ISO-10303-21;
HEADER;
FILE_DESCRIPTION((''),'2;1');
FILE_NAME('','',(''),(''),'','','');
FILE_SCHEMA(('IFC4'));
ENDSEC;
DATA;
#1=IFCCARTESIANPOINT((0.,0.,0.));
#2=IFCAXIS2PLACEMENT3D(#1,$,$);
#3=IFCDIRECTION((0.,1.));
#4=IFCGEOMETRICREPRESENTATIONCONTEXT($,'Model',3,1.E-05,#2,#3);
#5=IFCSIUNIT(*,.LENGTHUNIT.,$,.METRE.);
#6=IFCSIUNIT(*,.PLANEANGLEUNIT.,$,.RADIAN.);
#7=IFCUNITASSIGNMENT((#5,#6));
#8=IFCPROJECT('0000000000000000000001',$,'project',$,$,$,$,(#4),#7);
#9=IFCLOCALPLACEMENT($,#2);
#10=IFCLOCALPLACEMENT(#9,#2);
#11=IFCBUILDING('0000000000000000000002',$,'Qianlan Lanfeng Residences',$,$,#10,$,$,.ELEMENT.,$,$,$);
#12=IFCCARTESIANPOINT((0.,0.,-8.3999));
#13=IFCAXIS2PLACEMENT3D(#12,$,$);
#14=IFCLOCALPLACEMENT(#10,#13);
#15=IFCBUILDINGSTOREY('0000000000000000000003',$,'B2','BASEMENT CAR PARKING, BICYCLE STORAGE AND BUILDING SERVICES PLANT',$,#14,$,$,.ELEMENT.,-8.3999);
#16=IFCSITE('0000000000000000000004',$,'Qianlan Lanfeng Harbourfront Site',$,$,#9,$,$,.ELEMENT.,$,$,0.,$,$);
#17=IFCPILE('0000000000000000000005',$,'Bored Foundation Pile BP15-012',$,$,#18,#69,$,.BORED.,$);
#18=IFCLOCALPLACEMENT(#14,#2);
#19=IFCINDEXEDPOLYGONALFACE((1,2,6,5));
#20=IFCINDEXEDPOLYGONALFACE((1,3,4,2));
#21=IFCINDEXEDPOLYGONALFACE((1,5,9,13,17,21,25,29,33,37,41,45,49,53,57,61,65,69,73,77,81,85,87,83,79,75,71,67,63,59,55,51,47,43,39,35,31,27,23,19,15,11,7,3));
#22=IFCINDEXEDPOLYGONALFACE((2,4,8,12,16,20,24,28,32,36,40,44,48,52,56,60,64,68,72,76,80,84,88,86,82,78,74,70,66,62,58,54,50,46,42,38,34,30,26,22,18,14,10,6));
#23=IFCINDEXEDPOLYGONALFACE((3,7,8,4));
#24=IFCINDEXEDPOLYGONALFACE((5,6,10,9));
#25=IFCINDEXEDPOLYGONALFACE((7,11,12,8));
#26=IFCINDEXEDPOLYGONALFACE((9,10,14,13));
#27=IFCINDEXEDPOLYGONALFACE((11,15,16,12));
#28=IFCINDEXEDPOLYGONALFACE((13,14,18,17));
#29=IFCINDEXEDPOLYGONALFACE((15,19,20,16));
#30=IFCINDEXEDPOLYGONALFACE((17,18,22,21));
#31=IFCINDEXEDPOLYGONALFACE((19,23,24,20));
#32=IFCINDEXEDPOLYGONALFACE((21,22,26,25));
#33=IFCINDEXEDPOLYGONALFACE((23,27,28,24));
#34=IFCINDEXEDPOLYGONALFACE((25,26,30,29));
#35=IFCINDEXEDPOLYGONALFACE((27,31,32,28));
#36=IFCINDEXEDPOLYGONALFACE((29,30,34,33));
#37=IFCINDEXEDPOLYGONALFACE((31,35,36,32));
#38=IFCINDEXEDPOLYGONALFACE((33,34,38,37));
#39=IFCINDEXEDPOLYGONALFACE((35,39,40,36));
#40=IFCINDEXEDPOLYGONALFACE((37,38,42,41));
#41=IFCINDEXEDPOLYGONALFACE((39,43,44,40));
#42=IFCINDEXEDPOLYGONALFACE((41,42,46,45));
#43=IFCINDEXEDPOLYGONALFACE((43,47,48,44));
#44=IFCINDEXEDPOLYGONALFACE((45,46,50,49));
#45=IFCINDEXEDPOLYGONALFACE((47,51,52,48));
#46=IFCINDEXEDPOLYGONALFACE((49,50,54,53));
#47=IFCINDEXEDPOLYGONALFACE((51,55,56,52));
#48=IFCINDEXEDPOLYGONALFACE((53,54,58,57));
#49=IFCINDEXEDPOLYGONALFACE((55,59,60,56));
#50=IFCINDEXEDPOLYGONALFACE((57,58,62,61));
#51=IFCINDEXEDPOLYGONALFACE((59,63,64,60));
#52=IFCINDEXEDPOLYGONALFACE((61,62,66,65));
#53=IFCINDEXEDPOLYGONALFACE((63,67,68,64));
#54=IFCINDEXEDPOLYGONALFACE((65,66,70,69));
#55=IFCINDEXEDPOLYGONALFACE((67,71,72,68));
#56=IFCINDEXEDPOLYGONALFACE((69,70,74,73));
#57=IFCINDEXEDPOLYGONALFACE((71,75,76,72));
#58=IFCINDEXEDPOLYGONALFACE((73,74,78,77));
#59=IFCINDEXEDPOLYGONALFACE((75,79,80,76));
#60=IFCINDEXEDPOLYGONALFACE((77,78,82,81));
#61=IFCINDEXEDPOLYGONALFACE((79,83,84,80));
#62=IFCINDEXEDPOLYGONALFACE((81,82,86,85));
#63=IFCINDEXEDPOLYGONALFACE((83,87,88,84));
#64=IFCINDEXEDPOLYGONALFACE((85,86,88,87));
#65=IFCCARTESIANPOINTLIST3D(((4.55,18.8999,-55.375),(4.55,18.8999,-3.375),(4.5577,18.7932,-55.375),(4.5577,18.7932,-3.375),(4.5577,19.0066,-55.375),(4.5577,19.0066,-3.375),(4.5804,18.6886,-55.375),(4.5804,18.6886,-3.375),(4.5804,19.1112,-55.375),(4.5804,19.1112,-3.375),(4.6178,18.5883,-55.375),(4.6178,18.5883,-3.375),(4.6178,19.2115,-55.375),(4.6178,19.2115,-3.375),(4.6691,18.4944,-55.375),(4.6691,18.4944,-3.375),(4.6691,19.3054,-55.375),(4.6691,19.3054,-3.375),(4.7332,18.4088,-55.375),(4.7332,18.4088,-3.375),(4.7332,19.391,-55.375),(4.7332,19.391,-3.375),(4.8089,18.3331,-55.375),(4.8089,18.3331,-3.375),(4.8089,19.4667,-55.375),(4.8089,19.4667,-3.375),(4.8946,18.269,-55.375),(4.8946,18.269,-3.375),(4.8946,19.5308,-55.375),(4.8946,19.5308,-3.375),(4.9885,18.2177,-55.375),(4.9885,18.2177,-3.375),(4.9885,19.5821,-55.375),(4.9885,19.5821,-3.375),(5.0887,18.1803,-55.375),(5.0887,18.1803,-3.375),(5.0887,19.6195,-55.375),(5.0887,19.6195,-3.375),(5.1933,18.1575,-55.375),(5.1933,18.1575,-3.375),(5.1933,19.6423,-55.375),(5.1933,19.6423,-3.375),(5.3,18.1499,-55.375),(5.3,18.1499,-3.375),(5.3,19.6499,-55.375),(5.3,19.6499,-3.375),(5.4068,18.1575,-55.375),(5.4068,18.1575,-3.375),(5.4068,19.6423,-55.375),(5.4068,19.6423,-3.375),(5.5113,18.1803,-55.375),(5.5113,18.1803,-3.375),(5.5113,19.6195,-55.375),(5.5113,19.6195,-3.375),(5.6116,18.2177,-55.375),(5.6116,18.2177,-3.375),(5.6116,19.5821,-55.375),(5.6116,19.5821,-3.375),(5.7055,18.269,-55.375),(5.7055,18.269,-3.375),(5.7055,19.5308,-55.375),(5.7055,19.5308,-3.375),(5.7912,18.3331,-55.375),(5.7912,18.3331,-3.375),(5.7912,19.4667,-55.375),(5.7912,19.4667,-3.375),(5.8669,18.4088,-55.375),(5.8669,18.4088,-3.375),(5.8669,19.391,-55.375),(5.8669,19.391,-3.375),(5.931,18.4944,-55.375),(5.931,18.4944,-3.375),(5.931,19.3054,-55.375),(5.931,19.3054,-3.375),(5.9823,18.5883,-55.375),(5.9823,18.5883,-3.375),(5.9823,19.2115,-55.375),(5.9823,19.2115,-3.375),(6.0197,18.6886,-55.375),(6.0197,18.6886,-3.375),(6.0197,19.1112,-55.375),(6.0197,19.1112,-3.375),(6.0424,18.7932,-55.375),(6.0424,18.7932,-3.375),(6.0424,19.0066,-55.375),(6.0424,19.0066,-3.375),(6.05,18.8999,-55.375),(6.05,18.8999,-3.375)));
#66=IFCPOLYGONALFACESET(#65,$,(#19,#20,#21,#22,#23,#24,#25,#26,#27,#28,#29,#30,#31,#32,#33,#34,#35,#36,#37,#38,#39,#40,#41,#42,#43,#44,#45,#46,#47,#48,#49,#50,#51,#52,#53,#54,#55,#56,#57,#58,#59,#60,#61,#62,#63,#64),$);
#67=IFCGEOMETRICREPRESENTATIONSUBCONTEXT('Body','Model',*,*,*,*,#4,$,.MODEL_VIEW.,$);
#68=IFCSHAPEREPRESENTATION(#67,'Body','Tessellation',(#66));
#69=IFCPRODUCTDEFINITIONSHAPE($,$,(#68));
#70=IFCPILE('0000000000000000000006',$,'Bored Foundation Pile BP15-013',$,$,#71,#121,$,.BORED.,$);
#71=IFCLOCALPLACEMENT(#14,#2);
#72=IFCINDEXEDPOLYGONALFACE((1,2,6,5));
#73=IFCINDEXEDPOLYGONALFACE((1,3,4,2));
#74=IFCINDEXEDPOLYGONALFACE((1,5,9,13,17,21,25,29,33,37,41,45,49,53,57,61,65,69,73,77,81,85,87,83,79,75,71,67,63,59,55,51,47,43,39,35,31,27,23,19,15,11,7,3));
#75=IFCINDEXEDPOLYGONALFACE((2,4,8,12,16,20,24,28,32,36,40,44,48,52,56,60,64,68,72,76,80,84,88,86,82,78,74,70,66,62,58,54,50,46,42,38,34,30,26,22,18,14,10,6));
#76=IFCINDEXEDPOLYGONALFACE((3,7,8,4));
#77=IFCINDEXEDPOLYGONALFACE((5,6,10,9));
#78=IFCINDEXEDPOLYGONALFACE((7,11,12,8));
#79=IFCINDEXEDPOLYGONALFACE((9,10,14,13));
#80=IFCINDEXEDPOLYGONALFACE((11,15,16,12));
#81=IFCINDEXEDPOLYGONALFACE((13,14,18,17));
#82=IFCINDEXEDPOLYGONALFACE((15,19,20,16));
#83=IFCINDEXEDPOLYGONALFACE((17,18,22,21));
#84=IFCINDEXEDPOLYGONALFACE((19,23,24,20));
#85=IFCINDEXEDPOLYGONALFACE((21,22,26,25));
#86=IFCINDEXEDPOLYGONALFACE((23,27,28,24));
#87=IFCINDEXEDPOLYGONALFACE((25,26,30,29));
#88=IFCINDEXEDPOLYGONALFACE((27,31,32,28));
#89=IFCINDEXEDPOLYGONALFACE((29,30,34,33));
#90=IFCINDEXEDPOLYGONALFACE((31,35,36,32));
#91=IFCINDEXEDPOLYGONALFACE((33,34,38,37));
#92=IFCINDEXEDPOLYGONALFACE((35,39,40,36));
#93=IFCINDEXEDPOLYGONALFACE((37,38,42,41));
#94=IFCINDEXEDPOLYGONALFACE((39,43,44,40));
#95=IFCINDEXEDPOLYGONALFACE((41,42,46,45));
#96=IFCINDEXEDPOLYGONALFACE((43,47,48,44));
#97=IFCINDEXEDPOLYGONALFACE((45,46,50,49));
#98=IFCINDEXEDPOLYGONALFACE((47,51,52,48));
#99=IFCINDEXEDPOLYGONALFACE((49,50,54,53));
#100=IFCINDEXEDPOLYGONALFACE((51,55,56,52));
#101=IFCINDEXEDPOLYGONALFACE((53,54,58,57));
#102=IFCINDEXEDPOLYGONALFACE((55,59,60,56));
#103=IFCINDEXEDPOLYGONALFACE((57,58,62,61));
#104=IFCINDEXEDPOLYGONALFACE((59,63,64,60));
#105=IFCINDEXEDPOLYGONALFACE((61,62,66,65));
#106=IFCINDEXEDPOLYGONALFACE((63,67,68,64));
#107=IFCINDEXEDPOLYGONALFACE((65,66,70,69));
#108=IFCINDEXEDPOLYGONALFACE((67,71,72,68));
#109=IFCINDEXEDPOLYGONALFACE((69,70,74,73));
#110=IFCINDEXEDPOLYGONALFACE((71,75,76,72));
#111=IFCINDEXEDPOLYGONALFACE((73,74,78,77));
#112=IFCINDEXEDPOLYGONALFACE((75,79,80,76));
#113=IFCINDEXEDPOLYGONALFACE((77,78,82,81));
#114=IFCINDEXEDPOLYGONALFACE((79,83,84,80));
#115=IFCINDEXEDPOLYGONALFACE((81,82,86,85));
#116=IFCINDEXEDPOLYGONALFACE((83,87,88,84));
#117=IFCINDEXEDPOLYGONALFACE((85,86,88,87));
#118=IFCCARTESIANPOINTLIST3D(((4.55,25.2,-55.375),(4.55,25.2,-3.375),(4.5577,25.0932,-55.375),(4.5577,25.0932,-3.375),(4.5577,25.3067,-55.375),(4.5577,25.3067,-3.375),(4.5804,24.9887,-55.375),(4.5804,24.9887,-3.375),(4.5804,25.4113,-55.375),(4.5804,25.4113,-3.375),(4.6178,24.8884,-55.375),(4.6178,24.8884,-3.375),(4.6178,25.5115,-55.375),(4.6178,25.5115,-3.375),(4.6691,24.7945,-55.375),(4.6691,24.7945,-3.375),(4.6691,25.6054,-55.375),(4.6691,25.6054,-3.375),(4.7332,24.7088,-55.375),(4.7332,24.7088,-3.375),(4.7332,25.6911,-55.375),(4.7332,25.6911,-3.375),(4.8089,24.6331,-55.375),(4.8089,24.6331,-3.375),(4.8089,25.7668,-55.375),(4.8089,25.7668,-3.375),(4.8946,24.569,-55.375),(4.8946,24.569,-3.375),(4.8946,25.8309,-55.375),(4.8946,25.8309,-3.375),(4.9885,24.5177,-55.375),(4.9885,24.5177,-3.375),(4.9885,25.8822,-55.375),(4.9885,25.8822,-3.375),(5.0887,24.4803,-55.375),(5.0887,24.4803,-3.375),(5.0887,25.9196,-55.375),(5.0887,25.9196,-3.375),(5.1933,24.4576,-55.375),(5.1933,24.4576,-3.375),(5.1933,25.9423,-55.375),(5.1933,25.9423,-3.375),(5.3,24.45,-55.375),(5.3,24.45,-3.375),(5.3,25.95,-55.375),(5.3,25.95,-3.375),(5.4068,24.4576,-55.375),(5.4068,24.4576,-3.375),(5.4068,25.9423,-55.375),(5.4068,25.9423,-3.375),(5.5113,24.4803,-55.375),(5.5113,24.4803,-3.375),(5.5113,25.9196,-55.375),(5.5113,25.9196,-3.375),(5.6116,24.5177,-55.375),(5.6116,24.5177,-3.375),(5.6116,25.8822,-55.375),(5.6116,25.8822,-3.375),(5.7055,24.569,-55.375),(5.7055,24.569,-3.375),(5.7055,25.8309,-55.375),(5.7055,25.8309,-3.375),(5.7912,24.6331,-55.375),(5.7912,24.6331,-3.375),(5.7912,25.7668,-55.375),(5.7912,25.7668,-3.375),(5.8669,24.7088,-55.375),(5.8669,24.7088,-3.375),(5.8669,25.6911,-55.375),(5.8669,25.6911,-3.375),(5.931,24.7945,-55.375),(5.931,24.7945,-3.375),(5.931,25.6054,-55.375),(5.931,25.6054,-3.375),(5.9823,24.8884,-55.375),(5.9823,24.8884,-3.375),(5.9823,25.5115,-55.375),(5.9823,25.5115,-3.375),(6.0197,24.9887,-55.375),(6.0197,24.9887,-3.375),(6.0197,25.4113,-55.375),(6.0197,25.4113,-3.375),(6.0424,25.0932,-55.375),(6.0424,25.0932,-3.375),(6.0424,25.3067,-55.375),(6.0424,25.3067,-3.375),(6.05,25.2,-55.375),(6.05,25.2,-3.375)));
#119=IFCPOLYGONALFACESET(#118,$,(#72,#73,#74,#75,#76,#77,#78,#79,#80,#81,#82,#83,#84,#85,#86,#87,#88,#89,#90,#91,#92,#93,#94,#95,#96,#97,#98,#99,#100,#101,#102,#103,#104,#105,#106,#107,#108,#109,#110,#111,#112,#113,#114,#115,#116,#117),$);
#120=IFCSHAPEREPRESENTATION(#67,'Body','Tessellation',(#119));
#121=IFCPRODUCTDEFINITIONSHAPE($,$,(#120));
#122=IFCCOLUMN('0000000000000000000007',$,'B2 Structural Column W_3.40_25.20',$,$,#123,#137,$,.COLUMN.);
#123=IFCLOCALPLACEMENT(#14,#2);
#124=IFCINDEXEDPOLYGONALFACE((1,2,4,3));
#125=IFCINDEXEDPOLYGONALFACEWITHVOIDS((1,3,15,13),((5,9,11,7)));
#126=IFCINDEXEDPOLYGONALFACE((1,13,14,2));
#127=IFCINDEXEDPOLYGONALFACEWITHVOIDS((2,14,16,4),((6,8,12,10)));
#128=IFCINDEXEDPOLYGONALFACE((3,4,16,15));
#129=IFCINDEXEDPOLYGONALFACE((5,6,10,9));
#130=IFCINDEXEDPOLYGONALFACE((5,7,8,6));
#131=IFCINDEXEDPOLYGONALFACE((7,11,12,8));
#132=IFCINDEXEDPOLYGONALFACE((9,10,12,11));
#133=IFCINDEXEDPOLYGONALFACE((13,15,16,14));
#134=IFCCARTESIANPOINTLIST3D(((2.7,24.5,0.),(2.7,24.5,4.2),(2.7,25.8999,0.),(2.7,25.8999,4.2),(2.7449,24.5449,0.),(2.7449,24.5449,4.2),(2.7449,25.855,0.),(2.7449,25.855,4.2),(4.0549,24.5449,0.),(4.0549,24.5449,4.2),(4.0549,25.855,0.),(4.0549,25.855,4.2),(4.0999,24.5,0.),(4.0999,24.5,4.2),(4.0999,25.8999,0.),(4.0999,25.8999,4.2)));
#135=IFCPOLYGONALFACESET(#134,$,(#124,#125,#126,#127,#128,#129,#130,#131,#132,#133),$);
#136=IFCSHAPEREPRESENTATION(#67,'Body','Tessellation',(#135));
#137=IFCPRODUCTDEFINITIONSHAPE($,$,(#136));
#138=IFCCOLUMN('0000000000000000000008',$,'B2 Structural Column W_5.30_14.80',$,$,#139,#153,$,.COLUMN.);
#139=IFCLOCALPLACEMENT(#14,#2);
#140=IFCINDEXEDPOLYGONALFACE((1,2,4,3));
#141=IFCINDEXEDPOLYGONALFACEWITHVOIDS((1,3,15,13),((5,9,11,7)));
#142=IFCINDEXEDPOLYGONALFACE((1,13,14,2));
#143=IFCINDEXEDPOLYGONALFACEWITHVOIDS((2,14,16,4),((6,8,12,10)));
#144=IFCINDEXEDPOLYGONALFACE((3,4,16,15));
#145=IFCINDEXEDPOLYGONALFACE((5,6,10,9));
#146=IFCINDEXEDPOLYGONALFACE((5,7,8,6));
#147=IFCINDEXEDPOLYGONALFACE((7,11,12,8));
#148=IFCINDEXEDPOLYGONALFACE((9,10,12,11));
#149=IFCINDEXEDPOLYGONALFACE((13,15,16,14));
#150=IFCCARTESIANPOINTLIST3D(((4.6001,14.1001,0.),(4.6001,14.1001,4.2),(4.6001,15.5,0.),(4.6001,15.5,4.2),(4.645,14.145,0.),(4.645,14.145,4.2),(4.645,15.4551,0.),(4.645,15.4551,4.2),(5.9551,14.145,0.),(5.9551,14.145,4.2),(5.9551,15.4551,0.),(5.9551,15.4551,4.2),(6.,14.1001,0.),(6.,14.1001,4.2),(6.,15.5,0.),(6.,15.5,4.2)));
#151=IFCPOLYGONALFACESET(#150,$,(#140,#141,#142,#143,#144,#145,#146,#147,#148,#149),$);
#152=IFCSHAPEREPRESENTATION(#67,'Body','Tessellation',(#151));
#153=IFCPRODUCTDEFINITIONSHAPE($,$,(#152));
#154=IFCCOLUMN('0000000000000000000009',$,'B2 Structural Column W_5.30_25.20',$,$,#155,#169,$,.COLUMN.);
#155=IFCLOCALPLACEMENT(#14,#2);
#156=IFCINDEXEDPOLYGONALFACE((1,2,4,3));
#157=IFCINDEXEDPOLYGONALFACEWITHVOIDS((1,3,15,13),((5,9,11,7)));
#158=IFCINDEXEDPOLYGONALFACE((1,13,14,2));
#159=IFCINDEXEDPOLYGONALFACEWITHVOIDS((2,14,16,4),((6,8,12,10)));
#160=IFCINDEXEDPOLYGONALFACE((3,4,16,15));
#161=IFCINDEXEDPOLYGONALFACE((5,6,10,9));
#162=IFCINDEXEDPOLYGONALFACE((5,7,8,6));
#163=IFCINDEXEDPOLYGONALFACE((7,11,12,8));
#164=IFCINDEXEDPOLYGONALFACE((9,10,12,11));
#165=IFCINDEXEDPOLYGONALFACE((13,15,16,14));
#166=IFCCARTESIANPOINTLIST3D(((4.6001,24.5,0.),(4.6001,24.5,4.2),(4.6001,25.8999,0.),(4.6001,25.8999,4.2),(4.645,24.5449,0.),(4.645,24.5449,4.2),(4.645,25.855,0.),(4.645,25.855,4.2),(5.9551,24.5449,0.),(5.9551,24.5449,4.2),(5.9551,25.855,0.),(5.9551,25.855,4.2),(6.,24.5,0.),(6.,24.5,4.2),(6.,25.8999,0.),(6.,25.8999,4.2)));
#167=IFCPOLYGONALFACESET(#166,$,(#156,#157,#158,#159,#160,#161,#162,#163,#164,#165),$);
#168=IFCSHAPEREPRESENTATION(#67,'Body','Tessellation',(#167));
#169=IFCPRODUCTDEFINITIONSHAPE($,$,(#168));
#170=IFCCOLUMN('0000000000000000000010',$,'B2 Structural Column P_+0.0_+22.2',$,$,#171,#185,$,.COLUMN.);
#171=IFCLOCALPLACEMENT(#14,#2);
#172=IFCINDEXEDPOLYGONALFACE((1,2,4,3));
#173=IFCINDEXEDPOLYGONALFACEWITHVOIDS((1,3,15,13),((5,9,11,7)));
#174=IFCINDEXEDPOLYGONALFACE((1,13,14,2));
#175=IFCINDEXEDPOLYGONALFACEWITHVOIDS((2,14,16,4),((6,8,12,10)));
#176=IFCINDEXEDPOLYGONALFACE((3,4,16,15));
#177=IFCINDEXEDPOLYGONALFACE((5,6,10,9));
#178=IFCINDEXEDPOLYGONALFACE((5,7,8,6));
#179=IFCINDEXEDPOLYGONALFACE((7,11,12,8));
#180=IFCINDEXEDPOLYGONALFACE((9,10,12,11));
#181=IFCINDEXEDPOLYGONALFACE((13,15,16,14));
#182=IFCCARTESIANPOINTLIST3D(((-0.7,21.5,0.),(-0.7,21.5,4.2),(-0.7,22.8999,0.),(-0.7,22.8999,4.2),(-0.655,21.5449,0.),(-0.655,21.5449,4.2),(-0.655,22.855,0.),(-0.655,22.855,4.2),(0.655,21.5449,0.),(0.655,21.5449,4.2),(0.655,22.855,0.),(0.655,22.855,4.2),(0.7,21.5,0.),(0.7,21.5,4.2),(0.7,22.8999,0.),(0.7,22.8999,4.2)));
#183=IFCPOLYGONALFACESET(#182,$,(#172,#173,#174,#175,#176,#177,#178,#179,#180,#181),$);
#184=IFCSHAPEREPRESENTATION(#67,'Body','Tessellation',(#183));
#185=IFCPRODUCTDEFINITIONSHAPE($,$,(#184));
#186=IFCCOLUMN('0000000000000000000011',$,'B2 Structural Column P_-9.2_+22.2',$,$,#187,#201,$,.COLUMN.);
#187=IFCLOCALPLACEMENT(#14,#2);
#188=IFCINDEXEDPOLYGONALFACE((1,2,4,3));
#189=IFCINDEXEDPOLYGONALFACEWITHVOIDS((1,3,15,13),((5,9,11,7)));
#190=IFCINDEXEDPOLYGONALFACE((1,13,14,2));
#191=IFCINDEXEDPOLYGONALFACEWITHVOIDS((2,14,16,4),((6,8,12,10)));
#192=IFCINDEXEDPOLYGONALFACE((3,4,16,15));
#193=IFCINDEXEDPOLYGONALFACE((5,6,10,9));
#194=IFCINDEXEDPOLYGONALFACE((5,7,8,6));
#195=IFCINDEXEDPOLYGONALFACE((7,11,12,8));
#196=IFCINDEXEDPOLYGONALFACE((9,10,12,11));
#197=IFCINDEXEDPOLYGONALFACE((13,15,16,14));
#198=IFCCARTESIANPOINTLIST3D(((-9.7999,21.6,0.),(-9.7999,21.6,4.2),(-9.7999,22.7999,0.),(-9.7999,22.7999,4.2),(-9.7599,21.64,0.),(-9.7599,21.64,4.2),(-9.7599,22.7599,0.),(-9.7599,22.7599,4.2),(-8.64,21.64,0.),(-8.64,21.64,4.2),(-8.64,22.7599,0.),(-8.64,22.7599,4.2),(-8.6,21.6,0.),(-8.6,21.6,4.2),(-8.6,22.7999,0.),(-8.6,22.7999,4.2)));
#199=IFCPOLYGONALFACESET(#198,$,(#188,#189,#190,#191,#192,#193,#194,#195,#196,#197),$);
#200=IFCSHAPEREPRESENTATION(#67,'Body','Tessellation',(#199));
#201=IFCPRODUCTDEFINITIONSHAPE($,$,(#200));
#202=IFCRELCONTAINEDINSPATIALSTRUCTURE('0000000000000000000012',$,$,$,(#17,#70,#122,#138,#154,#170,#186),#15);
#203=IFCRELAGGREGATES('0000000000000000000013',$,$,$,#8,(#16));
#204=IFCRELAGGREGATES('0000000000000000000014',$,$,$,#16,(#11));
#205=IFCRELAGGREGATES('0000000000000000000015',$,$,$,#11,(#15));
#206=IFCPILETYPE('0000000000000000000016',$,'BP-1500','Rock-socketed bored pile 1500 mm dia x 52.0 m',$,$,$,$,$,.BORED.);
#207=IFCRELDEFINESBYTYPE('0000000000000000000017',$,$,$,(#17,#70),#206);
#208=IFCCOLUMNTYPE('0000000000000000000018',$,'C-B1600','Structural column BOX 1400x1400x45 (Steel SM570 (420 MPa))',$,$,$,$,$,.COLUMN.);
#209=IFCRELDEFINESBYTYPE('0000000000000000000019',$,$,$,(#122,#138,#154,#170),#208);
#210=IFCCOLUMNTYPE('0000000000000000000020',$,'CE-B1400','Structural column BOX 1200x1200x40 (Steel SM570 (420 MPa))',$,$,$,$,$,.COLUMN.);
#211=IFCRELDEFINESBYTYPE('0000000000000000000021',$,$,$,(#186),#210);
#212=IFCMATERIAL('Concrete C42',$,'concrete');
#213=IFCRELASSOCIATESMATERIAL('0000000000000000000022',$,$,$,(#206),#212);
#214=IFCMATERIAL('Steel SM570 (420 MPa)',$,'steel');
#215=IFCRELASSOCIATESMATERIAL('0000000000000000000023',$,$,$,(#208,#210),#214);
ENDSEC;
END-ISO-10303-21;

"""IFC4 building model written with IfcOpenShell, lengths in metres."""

from ifc_helpers import new_model, si_unit, direction, frame, origin, origin_2d, place, context, subcontext, project, spatial, hollow_rectangle, circle, extrude, material, material_profile, profile_set, type_object, element, save


model = new_model("IFC4")

# Units and contexts
model_context = context("Model", 3, precision=1e-05, world=origin(), true_north=direction((0.0, 1.0)))
body_context = subcontext(model_context, "Body", "Model", "MODEL_VIEW")
ifc_project = project(units=[si_unit("LENGTHUNIT", "METRE"), si_unit("PLANEANGLEUNIT", "RADIAN")], contexts=[model_context])

# Site, building, storey
site_placement = place(None, origin())
site = spatial("IfcSite", under=ifc_project, at=site_placement, Name="Qianlan Lanfeng Harbourfront Site", CompositionType="ELEMENT", RefElevation=0.0)
building_placement = place(site_placement, origin())
building = spatial("IfcBuilding", under=site, at=building_placement, Name="Qianlan Lanfeng Residences", CompositionType="ELEMENT")
storey_placement = place(building_placement, frame((0.0, 0.0, -8.3999)))
storey = spatial("IfcBuildingStorey", under=building, at=storey_placement, Name="B2", Description="BASEMENT CAR PARKING, BICYCLE STORAGE AND BUILDING SERVICES PLANT", CompositionType="ELEMENT", Elevation=-8.3999)

# Piles
ifc_material_1 = material(Name="Concrete C42", Category="concrete")
ifc_material_profile_1 = material_profile(ifc_material_1, circle(Radius=0.75, at=origin_2d()), Name="PILE D1500")
ifc_profile_set_1 = profile_set([ifc_material_profile_1], Name="Concrete C42")
pile_type_1 = type_object("IfcPileType", Name="BP-1500", Description="Rock-socketed bored pile 1500 mm dia x 52.0 m", PredefinedType="BORED", material=ifc_profile_set_1)
for number, where, z_axis, x_axis, name in (
    (1, (5.3, 18.8999, -3.375), (0.0, 0.0, -1.0), (1.0, 0.0, 0.0), "Bored Foundation Pile BP15-012"),
    (2, (5.3, 25.2, -3.375), (0.0, 0.0, -1.0), (1.0, 0.0, 0.0), "Bored Foundation Pile BP15-013"),
):
    element("IfcPile", number, at=place(storey_placement, frame(where, z_axis=z_axis, x_axis=x_axis)), inside=storey, type_object=pile_type_1, Name=name, PredefinedType="BORED", context=body_context, shape_type="SweptSolid", body=[
        extrude(circle(Radius=0.75, at=origin_2d()), origin(), (0.0, 0.0, 1.0), 52.0),
    ])

# Columns
ifc_material_2 = material(Name="Steel SM570 (420 MPa)", Category="steel")
ifc_material_profile_2 = material_profile(ifc_material_2, hollow_rectangle(XDim=1.3999, YDim=1.3999, WallThickness=0.0449, at=origin_2d()), Name="BOX 1400x1400x45")
ifc_profile_set_2 = profile_set([ifc_material_profile_2], Name="Steel SM570 (420 MPa)")
column_type_1 = type_object("IfcColumnType", Name="C-B1600", Description="Structural column BOX 1400x1400x45 (Steel SM570 (420 MPa))", PredefinedType="COLUMN", material=ifc_profile_set_2)
for number, where, z_axis, x_axis, name in (
    (3, (3.3999, 25.2, 0.0), (0.0, 0.0, 1.0), (1.0, 0.0, 0.0), "B2 Structural Column W_3.40_25.20"),
    (4, (5.3, 14.8, 0.0), (0.0, 0.0, 1.0), (1.0, 0.0, 0.0), "B2 Structural Column W_5.30_14.80"),
    (5, (5.3, 25.2, 0.0), (0.0, 0.0, 1.0), (1.0, 0.0, 0.0), "B2 Structural Column W_5.30_25.20"),
    (6, (0.0, 22.2, 0.0), (0.0, 0.0, 1.0), (1.0, 0.0, 0.0), "B2 Structural Column P_+0.0_+22.2"),
):
    element("IfcColumn", number, at=place(storey_placement, frame(where, z_axis=z_axis, x_axis=x_axis)), inside=storey, type_object=column_type_1, Name=name, PredefinedType="COLUMN", context=body_context, shape_type="SweptSolid", body=[
        extrude(hollow_rectangle(XDim=1.3999, YDim=1.3999, WallThickness=0.0449, at=origin_2d()), origin(), (0.0, 0.0, 1.0), 4.2),
    ])
ifc_material_profile_3 = material_profile(ifc_material_2, hollow_rectangle(XDim=1.2, YDim=1.2, WallThickness=0.04, at=origin_2d()), Name="BOX 1200x1200x40")
ifc_profile_set_3 = profile_set([ifc_material_profile_3], Name="Steel SM570 (420 MPa)")
column_type_2 = type_object("IfcColumnType", Name="CE-B1400", Description="Structural column BOX 1200x1200x40 (Steel SM570 (420 MPa))", PredefinedType="COLUMN", material=ifc_profile_set_3)
column_placement = place(storey_placement, frame((-9.2, 22.2, 0.0), z_axis=(0.0, 0.0, 1.0), x_axis=(1.0, 0.0, 0.0)))
element("IfcColumn", 7, at=column_placement, inside=storey, type_object=column_type_2, Name="B2 Structural Column P_-9.2_+22.2", PredefinedType="COLUMN", context=body_context, shape_type="SweptSolid", body=[
    extrude(hollow_rectangle(XDim=1.2, YDim=1.2, WallThickness=0.04, at=origin_2d()), origin(), (0.0, 0.0, 1.0), 4.2),
])

save(model, "model.ifc")
